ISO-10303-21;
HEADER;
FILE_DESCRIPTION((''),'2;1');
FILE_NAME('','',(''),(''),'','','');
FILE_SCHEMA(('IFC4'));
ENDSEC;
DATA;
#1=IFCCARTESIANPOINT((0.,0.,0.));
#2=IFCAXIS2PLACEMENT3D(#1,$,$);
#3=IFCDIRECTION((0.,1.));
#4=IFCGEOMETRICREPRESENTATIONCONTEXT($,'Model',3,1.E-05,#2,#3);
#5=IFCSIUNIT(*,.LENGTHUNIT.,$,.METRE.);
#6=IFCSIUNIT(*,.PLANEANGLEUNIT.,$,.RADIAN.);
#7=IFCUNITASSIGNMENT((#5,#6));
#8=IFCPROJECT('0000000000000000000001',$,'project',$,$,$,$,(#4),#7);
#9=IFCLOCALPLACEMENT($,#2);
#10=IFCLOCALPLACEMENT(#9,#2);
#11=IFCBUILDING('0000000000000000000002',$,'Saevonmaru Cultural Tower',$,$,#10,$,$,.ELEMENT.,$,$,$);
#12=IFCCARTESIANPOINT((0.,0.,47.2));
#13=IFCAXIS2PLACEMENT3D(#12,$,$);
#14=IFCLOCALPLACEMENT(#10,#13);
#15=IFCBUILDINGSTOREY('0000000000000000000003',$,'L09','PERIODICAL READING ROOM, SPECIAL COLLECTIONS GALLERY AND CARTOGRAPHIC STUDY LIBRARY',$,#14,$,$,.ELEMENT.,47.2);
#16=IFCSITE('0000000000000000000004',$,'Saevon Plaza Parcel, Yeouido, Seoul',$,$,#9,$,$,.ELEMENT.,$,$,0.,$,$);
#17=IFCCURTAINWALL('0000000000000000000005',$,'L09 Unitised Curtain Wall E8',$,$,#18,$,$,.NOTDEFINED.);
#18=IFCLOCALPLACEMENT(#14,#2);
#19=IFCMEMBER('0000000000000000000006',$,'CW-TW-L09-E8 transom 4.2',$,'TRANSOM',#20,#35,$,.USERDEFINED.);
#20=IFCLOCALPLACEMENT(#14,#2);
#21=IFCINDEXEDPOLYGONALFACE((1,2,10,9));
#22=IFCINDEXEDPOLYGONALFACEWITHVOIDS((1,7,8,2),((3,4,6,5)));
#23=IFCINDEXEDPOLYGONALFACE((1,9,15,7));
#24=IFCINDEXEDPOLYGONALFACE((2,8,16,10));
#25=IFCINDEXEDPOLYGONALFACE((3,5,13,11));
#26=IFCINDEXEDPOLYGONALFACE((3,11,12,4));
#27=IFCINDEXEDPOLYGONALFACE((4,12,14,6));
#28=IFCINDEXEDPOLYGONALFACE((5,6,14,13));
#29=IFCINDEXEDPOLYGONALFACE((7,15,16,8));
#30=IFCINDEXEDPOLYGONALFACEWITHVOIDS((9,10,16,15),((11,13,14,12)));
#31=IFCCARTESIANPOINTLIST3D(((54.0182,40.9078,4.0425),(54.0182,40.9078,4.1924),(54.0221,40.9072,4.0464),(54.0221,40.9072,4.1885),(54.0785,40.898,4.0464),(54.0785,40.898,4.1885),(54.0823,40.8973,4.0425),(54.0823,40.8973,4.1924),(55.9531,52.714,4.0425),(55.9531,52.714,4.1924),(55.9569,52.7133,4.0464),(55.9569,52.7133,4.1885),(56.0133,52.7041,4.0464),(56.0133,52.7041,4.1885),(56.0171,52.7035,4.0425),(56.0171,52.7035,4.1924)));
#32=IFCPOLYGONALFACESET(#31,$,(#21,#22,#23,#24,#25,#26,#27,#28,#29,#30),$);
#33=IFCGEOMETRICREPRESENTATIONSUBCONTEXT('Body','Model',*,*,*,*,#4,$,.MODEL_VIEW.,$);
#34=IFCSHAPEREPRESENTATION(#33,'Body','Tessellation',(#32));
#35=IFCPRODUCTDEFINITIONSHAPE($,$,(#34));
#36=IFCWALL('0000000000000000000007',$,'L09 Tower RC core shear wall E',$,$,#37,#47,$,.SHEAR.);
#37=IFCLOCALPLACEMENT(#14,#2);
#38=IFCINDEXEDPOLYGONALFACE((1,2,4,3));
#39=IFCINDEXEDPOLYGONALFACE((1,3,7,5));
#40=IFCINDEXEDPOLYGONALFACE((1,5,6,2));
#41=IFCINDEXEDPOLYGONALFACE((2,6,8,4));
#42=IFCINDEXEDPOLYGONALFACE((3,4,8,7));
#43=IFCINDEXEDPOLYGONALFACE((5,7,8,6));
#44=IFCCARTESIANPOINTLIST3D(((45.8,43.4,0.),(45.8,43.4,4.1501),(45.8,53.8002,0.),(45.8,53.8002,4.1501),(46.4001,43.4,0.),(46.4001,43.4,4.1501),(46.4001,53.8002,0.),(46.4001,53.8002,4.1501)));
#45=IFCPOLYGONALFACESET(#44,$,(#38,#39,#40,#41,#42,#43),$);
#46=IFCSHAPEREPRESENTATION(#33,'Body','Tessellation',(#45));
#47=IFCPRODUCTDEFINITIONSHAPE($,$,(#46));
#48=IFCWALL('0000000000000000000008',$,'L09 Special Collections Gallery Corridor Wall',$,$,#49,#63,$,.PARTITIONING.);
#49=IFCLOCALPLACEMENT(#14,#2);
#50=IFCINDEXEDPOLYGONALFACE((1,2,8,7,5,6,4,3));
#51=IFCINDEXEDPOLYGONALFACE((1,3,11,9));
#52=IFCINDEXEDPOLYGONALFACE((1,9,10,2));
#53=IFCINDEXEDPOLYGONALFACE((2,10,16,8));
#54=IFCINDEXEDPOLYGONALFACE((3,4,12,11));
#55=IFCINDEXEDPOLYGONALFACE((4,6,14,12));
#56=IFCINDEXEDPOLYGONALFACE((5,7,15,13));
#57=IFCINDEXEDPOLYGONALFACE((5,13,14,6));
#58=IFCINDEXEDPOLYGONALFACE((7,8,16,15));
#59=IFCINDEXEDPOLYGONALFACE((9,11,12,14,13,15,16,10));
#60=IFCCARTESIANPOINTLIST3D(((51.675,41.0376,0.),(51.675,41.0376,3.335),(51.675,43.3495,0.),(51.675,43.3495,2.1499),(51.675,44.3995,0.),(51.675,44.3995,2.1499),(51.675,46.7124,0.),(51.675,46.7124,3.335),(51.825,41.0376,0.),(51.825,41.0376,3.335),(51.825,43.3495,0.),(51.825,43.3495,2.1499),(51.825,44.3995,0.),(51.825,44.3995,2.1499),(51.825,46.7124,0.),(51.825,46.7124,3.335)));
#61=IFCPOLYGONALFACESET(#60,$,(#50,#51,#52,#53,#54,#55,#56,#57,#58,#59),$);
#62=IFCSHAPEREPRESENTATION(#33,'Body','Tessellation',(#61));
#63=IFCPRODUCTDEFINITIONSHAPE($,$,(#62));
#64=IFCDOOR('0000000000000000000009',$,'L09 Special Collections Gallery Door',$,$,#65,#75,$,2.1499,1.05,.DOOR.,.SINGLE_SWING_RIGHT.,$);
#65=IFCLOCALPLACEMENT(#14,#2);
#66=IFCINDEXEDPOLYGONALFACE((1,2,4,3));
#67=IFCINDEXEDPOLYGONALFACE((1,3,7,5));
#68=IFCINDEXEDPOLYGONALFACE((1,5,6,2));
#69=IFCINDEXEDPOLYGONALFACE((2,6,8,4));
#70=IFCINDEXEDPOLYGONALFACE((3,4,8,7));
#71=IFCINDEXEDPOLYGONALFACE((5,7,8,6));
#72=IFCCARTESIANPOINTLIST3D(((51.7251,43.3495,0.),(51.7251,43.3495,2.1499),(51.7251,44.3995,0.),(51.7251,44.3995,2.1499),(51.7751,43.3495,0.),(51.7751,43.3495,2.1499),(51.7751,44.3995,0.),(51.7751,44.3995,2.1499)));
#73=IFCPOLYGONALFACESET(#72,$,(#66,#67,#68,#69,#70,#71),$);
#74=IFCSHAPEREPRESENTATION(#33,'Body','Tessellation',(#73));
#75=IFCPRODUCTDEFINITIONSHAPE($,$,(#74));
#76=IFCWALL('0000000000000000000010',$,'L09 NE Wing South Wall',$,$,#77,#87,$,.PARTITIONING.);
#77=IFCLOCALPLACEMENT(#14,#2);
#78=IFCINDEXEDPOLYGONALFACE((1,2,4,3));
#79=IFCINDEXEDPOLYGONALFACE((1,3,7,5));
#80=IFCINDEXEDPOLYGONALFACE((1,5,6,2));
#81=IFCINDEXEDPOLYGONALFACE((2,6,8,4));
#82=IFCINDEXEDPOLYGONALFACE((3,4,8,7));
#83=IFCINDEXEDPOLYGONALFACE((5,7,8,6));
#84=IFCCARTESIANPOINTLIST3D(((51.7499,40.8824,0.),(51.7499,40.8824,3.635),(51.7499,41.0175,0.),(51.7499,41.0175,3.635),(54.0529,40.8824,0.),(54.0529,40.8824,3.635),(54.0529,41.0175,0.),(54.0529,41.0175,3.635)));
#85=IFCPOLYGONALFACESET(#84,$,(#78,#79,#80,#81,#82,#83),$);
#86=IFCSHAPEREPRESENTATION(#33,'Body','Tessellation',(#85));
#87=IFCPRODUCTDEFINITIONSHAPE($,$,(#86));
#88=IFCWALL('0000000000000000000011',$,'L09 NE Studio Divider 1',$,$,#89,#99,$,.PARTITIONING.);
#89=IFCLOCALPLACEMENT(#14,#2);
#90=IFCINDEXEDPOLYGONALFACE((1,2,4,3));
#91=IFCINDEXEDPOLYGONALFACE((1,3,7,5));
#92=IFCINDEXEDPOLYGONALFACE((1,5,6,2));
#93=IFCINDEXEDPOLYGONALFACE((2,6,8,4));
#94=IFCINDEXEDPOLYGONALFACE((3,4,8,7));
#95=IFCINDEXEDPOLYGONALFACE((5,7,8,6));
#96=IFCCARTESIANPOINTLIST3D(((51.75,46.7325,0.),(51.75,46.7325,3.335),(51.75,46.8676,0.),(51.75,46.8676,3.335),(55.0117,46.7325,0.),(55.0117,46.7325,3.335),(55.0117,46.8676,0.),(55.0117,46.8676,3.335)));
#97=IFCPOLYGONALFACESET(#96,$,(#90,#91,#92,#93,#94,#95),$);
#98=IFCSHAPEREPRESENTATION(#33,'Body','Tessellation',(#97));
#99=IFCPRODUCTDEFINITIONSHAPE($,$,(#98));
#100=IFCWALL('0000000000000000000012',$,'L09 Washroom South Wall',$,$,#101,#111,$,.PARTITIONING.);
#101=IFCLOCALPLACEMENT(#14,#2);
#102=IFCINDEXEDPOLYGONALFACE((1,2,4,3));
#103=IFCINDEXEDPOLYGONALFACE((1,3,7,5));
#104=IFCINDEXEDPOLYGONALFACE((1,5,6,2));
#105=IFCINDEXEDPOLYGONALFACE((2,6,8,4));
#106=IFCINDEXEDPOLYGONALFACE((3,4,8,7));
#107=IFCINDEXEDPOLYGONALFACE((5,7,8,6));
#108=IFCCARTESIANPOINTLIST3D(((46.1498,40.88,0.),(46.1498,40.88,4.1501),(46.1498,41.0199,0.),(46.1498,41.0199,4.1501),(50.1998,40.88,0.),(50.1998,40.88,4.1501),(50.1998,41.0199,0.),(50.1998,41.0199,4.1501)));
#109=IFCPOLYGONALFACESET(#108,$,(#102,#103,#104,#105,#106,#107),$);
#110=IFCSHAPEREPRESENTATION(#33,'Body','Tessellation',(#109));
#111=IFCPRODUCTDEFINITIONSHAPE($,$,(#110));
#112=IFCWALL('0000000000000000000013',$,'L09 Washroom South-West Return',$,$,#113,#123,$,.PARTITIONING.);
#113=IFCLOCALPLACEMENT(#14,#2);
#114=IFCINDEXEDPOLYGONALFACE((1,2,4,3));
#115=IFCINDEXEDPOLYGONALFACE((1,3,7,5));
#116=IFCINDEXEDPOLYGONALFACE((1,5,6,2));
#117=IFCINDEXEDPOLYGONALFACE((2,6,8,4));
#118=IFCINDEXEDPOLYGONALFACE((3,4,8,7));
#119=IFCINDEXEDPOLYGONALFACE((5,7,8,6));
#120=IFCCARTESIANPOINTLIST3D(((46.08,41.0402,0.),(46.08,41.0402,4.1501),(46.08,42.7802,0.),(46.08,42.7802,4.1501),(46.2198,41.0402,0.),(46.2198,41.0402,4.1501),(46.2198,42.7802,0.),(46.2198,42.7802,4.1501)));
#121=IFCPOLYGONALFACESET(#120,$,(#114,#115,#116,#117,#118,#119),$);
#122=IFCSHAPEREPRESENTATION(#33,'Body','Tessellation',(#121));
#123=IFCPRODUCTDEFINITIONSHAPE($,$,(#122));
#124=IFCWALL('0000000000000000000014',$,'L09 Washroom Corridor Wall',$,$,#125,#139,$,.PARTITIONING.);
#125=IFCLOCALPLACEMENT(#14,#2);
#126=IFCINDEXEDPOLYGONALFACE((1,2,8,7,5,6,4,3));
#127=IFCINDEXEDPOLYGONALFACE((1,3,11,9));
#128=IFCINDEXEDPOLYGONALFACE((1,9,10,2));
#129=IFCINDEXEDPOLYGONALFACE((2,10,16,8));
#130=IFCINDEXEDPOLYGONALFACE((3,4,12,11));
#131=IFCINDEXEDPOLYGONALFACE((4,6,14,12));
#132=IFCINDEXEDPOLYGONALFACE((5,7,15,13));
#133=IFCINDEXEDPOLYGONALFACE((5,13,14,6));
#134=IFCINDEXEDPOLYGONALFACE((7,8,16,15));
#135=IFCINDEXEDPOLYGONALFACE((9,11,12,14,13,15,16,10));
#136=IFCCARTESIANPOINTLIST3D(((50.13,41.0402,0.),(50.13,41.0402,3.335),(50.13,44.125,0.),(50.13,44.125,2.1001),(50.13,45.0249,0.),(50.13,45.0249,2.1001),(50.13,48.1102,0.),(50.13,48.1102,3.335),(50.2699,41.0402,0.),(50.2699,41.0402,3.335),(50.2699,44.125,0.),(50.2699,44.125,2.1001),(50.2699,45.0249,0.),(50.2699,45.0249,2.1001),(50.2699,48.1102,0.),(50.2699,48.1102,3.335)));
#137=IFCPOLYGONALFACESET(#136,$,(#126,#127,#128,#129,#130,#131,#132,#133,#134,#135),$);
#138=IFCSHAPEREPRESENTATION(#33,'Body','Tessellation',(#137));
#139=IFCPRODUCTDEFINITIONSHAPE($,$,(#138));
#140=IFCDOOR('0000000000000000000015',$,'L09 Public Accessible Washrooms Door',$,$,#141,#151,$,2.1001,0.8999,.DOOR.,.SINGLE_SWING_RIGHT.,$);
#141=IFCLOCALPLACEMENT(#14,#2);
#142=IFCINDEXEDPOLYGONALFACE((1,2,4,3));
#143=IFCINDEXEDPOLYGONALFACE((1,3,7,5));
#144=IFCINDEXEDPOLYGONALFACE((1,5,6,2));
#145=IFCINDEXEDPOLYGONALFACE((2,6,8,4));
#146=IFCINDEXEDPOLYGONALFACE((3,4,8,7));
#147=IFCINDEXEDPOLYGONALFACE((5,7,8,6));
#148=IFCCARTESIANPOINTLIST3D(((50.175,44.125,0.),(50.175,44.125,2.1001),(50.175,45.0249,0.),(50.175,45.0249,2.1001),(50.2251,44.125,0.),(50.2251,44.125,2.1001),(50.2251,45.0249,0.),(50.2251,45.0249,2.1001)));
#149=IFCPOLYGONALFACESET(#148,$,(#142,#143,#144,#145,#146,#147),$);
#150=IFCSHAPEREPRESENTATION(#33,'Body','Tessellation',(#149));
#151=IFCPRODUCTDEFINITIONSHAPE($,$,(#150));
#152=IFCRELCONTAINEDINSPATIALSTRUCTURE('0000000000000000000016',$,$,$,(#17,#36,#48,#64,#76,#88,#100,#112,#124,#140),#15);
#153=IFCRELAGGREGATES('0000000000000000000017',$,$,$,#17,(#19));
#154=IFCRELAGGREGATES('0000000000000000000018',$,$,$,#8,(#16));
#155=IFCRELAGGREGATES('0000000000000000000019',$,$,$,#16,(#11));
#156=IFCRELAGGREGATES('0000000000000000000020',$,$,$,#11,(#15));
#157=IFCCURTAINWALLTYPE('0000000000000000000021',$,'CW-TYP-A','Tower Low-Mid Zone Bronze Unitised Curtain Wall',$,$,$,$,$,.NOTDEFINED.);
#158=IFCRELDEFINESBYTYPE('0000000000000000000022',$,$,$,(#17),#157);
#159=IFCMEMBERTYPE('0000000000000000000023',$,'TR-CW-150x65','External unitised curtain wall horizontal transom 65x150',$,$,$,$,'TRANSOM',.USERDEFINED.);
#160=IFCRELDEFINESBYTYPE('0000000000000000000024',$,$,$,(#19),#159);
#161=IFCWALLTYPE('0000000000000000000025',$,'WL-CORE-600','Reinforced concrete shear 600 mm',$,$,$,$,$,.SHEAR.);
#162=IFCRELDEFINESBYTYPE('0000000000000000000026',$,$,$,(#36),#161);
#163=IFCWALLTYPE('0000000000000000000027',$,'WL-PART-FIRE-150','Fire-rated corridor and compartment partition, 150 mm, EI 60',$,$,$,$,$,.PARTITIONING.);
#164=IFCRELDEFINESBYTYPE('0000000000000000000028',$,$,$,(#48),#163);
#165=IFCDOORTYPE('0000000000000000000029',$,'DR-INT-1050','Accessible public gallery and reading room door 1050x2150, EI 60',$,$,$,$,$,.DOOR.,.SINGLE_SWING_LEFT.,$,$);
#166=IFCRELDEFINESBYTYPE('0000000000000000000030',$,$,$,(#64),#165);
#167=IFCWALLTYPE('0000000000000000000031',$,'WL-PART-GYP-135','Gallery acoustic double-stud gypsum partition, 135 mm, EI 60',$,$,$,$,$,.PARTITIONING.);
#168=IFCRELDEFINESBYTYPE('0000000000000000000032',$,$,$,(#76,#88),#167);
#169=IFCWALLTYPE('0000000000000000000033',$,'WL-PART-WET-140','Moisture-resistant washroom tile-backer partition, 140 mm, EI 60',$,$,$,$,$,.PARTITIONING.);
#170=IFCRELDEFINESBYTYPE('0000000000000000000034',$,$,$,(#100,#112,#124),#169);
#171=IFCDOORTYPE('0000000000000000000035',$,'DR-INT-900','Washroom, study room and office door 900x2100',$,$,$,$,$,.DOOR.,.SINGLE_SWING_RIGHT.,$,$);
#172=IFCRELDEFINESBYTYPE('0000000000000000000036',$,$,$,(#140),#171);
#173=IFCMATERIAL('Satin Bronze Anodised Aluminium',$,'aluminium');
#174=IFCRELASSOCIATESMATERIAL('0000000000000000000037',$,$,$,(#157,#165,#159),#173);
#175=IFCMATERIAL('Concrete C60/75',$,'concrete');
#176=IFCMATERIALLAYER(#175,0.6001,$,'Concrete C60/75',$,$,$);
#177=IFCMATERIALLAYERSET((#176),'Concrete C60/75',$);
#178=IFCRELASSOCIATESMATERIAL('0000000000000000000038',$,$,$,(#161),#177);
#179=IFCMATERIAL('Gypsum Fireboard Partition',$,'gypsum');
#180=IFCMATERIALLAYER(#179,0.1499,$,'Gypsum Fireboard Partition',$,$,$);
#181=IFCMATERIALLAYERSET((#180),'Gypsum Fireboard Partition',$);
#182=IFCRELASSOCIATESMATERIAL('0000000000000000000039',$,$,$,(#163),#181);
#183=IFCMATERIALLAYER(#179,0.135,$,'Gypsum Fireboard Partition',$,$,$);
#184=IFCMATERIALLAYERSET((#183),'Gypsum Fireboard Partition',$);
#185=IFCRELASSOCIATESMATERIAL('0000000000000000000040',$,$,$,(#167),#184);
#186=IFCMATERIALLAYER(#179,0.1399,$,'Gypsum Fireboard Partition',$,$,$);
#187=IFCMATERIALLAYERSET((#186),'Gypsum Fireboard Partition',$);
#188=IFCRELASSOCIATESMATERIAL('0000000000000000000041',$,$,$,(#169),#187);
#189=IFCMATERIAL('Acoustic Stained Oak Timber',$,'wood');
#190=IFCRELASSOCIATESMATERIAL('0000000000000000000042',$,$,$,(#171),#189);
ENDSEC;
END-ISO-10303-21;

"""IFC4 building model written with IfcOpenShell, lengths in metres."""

from ifc_helpers import new_model, si_unit, direction, frame, frame_2d, origin, origin_2d, place, context, subcontext, project, spatial, rectangle, hollow_rectangle, extrude, material, layer, layer_set, material_profile, profile_set, type_object, element, fill, aggregate, save


model = new_model("IFC4")

# Units and contexts
model_context = context("Model", 3, precision=1e-05, world=origin(), true_north=direction((0.0, 1.0)))
body_context = subcontext(model_context, "Body", "Model", "MODEL_VIEW")
ifc_project = project(units=[si_unit("LENGTHUNIT", "METRE"), si_unit("PLANEANGLEUNIT", "RADIAN")], contexts=[model_context])

# Site, building, storey
site_placement = place(None, origin())
site = spatial("IfcSite", under=ifc_project, at=site_placement, Name="Saevon Plaza Parcel, Yeouido, Seoul", CompositionType="ELEMENT", RefElevation=0.0)
building_placement = place(site_placement, origin())
building = spatial("IfcBuilding", under=site, at=building_placement, Name="Saevonmaru Cultural Tower", CompositionType="ELEMENT")
storey_placement = place(building_placement, frame((0.0, 0.0, 47.2)))
storey = spatial("IfcBuildingStorey", under=building, at=storey_placement, Name="L09", Description="PERIODICAL READING ROOM, SPECIAL COLLECTIONS GALLERY AND CARTOGRAPHIC STUDY LIBRARY", CompositionType="ELEMENT", Elevation=47.2)

# Curtain wall, member
ifc_material_1 = material(Name="Satin Bronze Anodised Aluminium", Category="aluminium")
curtain_wall_type = type_object("IfcCurtainWallType", Name="CW-TYP-A", Description="Tower Low-Mid Zone Bronze Unitised Curtain Wall", PredefinedType="NOTDEFINED", material=ifc_material_1)
curtain_wall_placement = place(storey_placement, origin())
curtain_wall = element("IfcCurtainWall", 1, at=curtain_wall_placement, inside=storey, type_object=curtain_wall_type, Name="L09 Unitised Curtain Wall E8", PredefinedType="NOTDEFINED")
ifc_material_profile_1 = material_profile(ifc_material_1, hollow_rectangle(XDim=0.0649, YDim=0.1499, WallThickness=0.0039, at=origin_2d()), Name="ALU-TRAN-150x65x4")
ifc_profile_set_1 = profile_set([ifc_material_profile_1], Name="Satin Bronze Anodised Aluminium")
member_type_1 = type_object("IfcMemberType", Name="TR-CW-150x65", Description="External unitised curtain wall horizontal transom 65x150", ElementType="TRANSOM", PredefinedType="USERDEFINED", material=ifc_profile_set_1)
member_1_placement = place(storey_placement, frame((54.0503, 40.9026, 4.1174), z_axis=(0.161725, 0.986836, 0.0), x_axis=(-0.986836, 0.161725, 0.0)))
member_1 = element("IfcMember", 2, at=member_1_placement, type_object=member_type_1, Name="CW-TW-L09-E8 transom 4.2", ObjectType="TRANSOM", PredefinedType="USERDEFINED", context=body_context, shape_type="SweptSolid", body=[
    extrude(hollow_rectangle(XDim=0.0649, YDim=0.1499, WallThickness=0.0039, at=origin_2d()), origin(), (0.0, 0.0, 1.0), 11.9636),
])
aggregate(curtain_wall, [member_1])

# Wall
ifc_material_2 = material(Name="Concrete C60/75", Category="concrete")
ifc_layer_1 = layer(ifc_material_2, 0.6001, Name="Concrete C60/75")
ifc_layer_set_1 = layer_set([ifc_layer_1], Name="Concrete C60/75")
wall_type_1 = type_object("IfcWallType", Name="WL-CORE-600", Description="Reinforced concrete shear 600 mm", PredefinedType="SHEAR", material=ifc_layer_set_1)
wall_1_placement = place(storey_placement, frame((46.1001, 43.3999, 0.0), z_axis=(0.0, 0.0, 1.0), x_axis=(0.0, 1.0, 0.0)))
element("IfcWall", 3, at=wall_1_placement, inside=storey, type_object=wall_type_1, Name="L09 Tower RC core shear wall E", PredefinedType="SHEAR", context=body_context, shape_type="SweptSolid", body=[
    extrude(rectangle(XDim=10.4001, YDim=0.6001, at=frame_2d((5.2002, 0.0))), origin(), (0.0, 0.0, 1.0), 4.1501),
])

# Wall, opening, door
ifc_material_3 = material(Name="Gypsum Fireboard Partition", Category="gypsum")
ifc_layer_2 = layer(ifc_material_3, 0.1499, Name="Gypsum Fireboard Partition")
ifc_layer_set_2 = layer_set([ifc_layer_2], Name="Gypsum Fireboard Partition")
wall_type_2 = type_object("IfcWallType", Name="WL-PART-FIRE-150", Description="Fire-rated corridor and compartment partition, 150 mm, EI 60", PredefinedType="PARTITIONING", material=ifc_layer_set_2)
wall_2_placement = place(storey_placement, frame((51.75, 41.0376, 0.0), z_axis=(0.0, 0.0, 1.0), x_axis=(0.0, 1.0, 0.0)))
wall_2 = element("IfcWall", 4, at=wall_2_placement, inside=storey, type_object=wall_type_2, Name="L09 Special Collections Gallery Corridor Wall", PredefinedType="PARTITIONING", context=body_context, shape_type="SweptSolid", body=[
    extrude(rectangle(XDim=5.6748, YDim=0.1499, at=frame_2d((2.8374, 0.0))), origin(), (0.0, 0.0, 1.0), 3.335),
])
opening_1_placement = place(wall_2_placement, frame((2.312, 0.0, 0.0)))
opening_1 = element("IfcOpeningElement", 5, at=opening_1_placement, cuts=wall_2, PredefinedType="OPENING", context=body_context, shape_type="SweptSolid", body=[
    extrude(rectangle(XDim=1.05, YDim=2.1499, at=frame_2d((0.5249, 1.075))), frame((0.0, 0.085, 0.0), z_axis=(0.0, -1.0, 0.0), x_axis=(1.0, 0.0, 0.0)), (0.0, 0.0, 1.0), 0.1699),
])
door_type_1 = type_object("IfcDoorType", Name="DR-INT-1050", Description="Accessible public gallery and reading room door 1050x2150, EI 60", OperationType="SINGLE_SWING_LEFT", PredefinedType="DOOR", material=ifc_material_1)
door_1_placement = place(opening_1_placement, origin())
door_1 = element("IfcDoor", 6, at=door_1_placement, inside=storey, type_object=door_type_1, Name="L09 Special Collections Gallery Door", OperationType="SINGLE_SWING_RIGHT", OverallHeight=2.1499, OverallWidth=1.05, PredefinedType="DOOR", context=body_context, shape_type="SweptSolid", body=[
    extrude(rectangle(XDim=1.05, YDim=2.1499, at=frame_2d((0.5249, 1.075))), frame((0.0, 0.0249, 0.0), z_axis=(0.0, -1.0, 0.0), x_axis=(1.0, 0.0, 0.0)), (0.0, 0.0, 1.0), 0.05),
])
fill(opening_1, door_1)

# Walls
ifc_layer_3 = layer(ifc_material_3, 0.135, Name="Gypsum Fireboard Partition")
ifc_layer_set_3 = layer_set([ifc_layer_3], Name="Gypsum Fireboard Partition")
wall_type_3 = type_object("IfcWallType", Name="WL-PART-GYP-135", Description="Gallery acoustic double-stud gypsum partition, 135 mm, EI 60", PredefinedType="PARTITIONING", material=ifc_layer_set_3)
wall_3_placement = place(storey_placement, frame((51.75, 40.95, 0.0), z_axis=(0.0, 0.0, 1.0), x_axis=(1.0, 0.0, 0.0)))
element("IfcWall", 7, at=wall_3_placement, inside=storey, type_object=wall_type_3, Name="L09 NE Wing South Wall", PredefinedType="PARTITIONING", context=body_context, shape_type="SweptSolid", body=[
    extrude(rectangle(XDim=2.303, YDim=0.135, at=frame_2d((1.1514, 0.0))), origin(), (0.0, 0.0, 1.0), 3.635),
])
wall_4_placement = place(storey_placement, frame((51.75, 46.8, 0.0), z_axis=(0.0, 0.0, 1.0), x_axis=(1.0, 0.0, 0.0)))
element("IfcWall", 8, at=wall_4_placement, inside=storey, type_object=wall_type_3, Name="L09 NE Studio Divider 1", PredefinedType="PARTITIONING", context=body_context, shape_type="SweptSolid", body=[
    extrude(rectangle(XDim=3.2617, YDim=0.135, at=frame_2d((1.6309, 0.0))), origin(), (0.0, 0.0, 1.0), 3.335),
])
ifc_layer_4 = layer(ifc_material_3, 0.1399, Name="Gypsum Fireboard Partition")
ifc_layer_set_4 = layer_set([ifc_layer_4], Name="Gypsum Fireboard Partition")
wall_type_4 = type_object("IfcWallType", Name="WL-PART-WET-140", Description="Moisture-resistant washroom tile-backer partition, 140 mm, EI 60", PredefinedType="PARTITIONING", material=ifc_layer_set_4)
wall_5_placement = place(storey_placement, frame((46.1499, 40.95, 0.0), z_axis=(0.0, 0.0, 1.0), x_axis=(1.0, 0.0, 0.0)))
element("IfcWall", 9, at=wall_5_placement, inside=storey, type_object=wall_type_4, Name="L09 Washroom South Wall", PredefinedType="PARTITIONING", context=body_context, shape_type="SweptSolid", body=[
    extrude(rectangle(XDim=4.05, YDim=0.1399, at=frame_2d((2.0249, 0.0))), origin(), (0.0, 0.0, 1.0), 4.1501),
])
wall_6_placement = place(storey_placement, frame((46.1499, 41.04, 0.0), z_axis=(0.0, 0.0, 1.0), x_axis=(0.0, 1.0, 0.0)))
element("IfcWall", 10, at=wall_6_placement, inside=storey, type_object=wall_type_4, Name="L09 Washroom South-West Return", PredefinedType="PARTITIONING", context=body_context, shape_type="SweptSolid", body=[
    extrude(rectangle(XDim=1.74, YDim=0.1399, at=frame_2d((0.8701, 0.0))), origin(), (0.0, 0.0, 1.0), 4.1501),
])

# Wall, opening, door
wall_7_placement = place(storey_placement, frame((50.2, 41.04, 0.0), z_axis=(0.0, 0.0, 1.0), x_axis=(0.0, 1.0, 0.0)))
wall_7 = element("IfcWall", 11, at=wall_7_placement, inside=storey, type_object=wall_type_4, Name="L09 Washroom Corridor Wall", PredefinedType="PARTITIONING", context=body_context, shape_type="SweptSolid", body=[
    extrude(rectangle(XDim=7.0701, YDim=0.1399, at=frame_2d((3.5352, 0.0))), origin(), (0.0, 0.0, 1.0), 3.335),
])
opening_2_placement = place(wall_7_placement, frame((3.085, 0.0, 0.0)))
opening_2 = element("IfcOpeningElement", 12, at=opening_2_placement, cuts=wall_7, PredefinedType="OPENING", context=body_context, shape_type="SweptSolid", body=[
    extrude(rectangle(XDim=0.8999, YDim=2.1001, at=frame_2d((0.45, 1.05))), frame((0.0, 0.0801, 0.0), z_axis=(0.0, -1.0, 0.0), x_axis=(1.0, 0.0, 0.0)), (0.0, 0.0, 1.0), 0.1599),
])
ifc_material_4 = material(Name="Acoustic Stained Oak Timber", Category="wood")
door_type_2 = type_object("IfcDoorType", Name="DR-INT-900", Description="Washroom, study room and office door 900x2100", OperationType="SINGLE_SWING_RIGHT", PredefinedType="DOOR", material=ifc_material_4)
door_2_placement = place(opening_2_placement, origin())
door_2 = element("IfcDoor", 13, at=door_2_placement, inside=storey, type_object=door_type_2, Name="L09 Public Accessible Washrooms Door", OperationType="SINGLE_SWING_RIGHT", OverallHeight=2.1001, OverallWidth=0.8999, PredefinedType="DOOR", context=body_context, shape_type="SweptSolid", body=[
    extrude(rectangle(XDim=0.8999, YDim=2.1001, at=frame_2d((0.45, 1.05))), frame((0.0, 0.0249, 0.0), z_axis=(0.0, -1.0, 0.0), x_axis=(1.0, 0.0, 0.0)), (0.0, 0.0, 1.0), 0.05),
])
fill(opening_2, door_2)

save(model, "model.ifc")
